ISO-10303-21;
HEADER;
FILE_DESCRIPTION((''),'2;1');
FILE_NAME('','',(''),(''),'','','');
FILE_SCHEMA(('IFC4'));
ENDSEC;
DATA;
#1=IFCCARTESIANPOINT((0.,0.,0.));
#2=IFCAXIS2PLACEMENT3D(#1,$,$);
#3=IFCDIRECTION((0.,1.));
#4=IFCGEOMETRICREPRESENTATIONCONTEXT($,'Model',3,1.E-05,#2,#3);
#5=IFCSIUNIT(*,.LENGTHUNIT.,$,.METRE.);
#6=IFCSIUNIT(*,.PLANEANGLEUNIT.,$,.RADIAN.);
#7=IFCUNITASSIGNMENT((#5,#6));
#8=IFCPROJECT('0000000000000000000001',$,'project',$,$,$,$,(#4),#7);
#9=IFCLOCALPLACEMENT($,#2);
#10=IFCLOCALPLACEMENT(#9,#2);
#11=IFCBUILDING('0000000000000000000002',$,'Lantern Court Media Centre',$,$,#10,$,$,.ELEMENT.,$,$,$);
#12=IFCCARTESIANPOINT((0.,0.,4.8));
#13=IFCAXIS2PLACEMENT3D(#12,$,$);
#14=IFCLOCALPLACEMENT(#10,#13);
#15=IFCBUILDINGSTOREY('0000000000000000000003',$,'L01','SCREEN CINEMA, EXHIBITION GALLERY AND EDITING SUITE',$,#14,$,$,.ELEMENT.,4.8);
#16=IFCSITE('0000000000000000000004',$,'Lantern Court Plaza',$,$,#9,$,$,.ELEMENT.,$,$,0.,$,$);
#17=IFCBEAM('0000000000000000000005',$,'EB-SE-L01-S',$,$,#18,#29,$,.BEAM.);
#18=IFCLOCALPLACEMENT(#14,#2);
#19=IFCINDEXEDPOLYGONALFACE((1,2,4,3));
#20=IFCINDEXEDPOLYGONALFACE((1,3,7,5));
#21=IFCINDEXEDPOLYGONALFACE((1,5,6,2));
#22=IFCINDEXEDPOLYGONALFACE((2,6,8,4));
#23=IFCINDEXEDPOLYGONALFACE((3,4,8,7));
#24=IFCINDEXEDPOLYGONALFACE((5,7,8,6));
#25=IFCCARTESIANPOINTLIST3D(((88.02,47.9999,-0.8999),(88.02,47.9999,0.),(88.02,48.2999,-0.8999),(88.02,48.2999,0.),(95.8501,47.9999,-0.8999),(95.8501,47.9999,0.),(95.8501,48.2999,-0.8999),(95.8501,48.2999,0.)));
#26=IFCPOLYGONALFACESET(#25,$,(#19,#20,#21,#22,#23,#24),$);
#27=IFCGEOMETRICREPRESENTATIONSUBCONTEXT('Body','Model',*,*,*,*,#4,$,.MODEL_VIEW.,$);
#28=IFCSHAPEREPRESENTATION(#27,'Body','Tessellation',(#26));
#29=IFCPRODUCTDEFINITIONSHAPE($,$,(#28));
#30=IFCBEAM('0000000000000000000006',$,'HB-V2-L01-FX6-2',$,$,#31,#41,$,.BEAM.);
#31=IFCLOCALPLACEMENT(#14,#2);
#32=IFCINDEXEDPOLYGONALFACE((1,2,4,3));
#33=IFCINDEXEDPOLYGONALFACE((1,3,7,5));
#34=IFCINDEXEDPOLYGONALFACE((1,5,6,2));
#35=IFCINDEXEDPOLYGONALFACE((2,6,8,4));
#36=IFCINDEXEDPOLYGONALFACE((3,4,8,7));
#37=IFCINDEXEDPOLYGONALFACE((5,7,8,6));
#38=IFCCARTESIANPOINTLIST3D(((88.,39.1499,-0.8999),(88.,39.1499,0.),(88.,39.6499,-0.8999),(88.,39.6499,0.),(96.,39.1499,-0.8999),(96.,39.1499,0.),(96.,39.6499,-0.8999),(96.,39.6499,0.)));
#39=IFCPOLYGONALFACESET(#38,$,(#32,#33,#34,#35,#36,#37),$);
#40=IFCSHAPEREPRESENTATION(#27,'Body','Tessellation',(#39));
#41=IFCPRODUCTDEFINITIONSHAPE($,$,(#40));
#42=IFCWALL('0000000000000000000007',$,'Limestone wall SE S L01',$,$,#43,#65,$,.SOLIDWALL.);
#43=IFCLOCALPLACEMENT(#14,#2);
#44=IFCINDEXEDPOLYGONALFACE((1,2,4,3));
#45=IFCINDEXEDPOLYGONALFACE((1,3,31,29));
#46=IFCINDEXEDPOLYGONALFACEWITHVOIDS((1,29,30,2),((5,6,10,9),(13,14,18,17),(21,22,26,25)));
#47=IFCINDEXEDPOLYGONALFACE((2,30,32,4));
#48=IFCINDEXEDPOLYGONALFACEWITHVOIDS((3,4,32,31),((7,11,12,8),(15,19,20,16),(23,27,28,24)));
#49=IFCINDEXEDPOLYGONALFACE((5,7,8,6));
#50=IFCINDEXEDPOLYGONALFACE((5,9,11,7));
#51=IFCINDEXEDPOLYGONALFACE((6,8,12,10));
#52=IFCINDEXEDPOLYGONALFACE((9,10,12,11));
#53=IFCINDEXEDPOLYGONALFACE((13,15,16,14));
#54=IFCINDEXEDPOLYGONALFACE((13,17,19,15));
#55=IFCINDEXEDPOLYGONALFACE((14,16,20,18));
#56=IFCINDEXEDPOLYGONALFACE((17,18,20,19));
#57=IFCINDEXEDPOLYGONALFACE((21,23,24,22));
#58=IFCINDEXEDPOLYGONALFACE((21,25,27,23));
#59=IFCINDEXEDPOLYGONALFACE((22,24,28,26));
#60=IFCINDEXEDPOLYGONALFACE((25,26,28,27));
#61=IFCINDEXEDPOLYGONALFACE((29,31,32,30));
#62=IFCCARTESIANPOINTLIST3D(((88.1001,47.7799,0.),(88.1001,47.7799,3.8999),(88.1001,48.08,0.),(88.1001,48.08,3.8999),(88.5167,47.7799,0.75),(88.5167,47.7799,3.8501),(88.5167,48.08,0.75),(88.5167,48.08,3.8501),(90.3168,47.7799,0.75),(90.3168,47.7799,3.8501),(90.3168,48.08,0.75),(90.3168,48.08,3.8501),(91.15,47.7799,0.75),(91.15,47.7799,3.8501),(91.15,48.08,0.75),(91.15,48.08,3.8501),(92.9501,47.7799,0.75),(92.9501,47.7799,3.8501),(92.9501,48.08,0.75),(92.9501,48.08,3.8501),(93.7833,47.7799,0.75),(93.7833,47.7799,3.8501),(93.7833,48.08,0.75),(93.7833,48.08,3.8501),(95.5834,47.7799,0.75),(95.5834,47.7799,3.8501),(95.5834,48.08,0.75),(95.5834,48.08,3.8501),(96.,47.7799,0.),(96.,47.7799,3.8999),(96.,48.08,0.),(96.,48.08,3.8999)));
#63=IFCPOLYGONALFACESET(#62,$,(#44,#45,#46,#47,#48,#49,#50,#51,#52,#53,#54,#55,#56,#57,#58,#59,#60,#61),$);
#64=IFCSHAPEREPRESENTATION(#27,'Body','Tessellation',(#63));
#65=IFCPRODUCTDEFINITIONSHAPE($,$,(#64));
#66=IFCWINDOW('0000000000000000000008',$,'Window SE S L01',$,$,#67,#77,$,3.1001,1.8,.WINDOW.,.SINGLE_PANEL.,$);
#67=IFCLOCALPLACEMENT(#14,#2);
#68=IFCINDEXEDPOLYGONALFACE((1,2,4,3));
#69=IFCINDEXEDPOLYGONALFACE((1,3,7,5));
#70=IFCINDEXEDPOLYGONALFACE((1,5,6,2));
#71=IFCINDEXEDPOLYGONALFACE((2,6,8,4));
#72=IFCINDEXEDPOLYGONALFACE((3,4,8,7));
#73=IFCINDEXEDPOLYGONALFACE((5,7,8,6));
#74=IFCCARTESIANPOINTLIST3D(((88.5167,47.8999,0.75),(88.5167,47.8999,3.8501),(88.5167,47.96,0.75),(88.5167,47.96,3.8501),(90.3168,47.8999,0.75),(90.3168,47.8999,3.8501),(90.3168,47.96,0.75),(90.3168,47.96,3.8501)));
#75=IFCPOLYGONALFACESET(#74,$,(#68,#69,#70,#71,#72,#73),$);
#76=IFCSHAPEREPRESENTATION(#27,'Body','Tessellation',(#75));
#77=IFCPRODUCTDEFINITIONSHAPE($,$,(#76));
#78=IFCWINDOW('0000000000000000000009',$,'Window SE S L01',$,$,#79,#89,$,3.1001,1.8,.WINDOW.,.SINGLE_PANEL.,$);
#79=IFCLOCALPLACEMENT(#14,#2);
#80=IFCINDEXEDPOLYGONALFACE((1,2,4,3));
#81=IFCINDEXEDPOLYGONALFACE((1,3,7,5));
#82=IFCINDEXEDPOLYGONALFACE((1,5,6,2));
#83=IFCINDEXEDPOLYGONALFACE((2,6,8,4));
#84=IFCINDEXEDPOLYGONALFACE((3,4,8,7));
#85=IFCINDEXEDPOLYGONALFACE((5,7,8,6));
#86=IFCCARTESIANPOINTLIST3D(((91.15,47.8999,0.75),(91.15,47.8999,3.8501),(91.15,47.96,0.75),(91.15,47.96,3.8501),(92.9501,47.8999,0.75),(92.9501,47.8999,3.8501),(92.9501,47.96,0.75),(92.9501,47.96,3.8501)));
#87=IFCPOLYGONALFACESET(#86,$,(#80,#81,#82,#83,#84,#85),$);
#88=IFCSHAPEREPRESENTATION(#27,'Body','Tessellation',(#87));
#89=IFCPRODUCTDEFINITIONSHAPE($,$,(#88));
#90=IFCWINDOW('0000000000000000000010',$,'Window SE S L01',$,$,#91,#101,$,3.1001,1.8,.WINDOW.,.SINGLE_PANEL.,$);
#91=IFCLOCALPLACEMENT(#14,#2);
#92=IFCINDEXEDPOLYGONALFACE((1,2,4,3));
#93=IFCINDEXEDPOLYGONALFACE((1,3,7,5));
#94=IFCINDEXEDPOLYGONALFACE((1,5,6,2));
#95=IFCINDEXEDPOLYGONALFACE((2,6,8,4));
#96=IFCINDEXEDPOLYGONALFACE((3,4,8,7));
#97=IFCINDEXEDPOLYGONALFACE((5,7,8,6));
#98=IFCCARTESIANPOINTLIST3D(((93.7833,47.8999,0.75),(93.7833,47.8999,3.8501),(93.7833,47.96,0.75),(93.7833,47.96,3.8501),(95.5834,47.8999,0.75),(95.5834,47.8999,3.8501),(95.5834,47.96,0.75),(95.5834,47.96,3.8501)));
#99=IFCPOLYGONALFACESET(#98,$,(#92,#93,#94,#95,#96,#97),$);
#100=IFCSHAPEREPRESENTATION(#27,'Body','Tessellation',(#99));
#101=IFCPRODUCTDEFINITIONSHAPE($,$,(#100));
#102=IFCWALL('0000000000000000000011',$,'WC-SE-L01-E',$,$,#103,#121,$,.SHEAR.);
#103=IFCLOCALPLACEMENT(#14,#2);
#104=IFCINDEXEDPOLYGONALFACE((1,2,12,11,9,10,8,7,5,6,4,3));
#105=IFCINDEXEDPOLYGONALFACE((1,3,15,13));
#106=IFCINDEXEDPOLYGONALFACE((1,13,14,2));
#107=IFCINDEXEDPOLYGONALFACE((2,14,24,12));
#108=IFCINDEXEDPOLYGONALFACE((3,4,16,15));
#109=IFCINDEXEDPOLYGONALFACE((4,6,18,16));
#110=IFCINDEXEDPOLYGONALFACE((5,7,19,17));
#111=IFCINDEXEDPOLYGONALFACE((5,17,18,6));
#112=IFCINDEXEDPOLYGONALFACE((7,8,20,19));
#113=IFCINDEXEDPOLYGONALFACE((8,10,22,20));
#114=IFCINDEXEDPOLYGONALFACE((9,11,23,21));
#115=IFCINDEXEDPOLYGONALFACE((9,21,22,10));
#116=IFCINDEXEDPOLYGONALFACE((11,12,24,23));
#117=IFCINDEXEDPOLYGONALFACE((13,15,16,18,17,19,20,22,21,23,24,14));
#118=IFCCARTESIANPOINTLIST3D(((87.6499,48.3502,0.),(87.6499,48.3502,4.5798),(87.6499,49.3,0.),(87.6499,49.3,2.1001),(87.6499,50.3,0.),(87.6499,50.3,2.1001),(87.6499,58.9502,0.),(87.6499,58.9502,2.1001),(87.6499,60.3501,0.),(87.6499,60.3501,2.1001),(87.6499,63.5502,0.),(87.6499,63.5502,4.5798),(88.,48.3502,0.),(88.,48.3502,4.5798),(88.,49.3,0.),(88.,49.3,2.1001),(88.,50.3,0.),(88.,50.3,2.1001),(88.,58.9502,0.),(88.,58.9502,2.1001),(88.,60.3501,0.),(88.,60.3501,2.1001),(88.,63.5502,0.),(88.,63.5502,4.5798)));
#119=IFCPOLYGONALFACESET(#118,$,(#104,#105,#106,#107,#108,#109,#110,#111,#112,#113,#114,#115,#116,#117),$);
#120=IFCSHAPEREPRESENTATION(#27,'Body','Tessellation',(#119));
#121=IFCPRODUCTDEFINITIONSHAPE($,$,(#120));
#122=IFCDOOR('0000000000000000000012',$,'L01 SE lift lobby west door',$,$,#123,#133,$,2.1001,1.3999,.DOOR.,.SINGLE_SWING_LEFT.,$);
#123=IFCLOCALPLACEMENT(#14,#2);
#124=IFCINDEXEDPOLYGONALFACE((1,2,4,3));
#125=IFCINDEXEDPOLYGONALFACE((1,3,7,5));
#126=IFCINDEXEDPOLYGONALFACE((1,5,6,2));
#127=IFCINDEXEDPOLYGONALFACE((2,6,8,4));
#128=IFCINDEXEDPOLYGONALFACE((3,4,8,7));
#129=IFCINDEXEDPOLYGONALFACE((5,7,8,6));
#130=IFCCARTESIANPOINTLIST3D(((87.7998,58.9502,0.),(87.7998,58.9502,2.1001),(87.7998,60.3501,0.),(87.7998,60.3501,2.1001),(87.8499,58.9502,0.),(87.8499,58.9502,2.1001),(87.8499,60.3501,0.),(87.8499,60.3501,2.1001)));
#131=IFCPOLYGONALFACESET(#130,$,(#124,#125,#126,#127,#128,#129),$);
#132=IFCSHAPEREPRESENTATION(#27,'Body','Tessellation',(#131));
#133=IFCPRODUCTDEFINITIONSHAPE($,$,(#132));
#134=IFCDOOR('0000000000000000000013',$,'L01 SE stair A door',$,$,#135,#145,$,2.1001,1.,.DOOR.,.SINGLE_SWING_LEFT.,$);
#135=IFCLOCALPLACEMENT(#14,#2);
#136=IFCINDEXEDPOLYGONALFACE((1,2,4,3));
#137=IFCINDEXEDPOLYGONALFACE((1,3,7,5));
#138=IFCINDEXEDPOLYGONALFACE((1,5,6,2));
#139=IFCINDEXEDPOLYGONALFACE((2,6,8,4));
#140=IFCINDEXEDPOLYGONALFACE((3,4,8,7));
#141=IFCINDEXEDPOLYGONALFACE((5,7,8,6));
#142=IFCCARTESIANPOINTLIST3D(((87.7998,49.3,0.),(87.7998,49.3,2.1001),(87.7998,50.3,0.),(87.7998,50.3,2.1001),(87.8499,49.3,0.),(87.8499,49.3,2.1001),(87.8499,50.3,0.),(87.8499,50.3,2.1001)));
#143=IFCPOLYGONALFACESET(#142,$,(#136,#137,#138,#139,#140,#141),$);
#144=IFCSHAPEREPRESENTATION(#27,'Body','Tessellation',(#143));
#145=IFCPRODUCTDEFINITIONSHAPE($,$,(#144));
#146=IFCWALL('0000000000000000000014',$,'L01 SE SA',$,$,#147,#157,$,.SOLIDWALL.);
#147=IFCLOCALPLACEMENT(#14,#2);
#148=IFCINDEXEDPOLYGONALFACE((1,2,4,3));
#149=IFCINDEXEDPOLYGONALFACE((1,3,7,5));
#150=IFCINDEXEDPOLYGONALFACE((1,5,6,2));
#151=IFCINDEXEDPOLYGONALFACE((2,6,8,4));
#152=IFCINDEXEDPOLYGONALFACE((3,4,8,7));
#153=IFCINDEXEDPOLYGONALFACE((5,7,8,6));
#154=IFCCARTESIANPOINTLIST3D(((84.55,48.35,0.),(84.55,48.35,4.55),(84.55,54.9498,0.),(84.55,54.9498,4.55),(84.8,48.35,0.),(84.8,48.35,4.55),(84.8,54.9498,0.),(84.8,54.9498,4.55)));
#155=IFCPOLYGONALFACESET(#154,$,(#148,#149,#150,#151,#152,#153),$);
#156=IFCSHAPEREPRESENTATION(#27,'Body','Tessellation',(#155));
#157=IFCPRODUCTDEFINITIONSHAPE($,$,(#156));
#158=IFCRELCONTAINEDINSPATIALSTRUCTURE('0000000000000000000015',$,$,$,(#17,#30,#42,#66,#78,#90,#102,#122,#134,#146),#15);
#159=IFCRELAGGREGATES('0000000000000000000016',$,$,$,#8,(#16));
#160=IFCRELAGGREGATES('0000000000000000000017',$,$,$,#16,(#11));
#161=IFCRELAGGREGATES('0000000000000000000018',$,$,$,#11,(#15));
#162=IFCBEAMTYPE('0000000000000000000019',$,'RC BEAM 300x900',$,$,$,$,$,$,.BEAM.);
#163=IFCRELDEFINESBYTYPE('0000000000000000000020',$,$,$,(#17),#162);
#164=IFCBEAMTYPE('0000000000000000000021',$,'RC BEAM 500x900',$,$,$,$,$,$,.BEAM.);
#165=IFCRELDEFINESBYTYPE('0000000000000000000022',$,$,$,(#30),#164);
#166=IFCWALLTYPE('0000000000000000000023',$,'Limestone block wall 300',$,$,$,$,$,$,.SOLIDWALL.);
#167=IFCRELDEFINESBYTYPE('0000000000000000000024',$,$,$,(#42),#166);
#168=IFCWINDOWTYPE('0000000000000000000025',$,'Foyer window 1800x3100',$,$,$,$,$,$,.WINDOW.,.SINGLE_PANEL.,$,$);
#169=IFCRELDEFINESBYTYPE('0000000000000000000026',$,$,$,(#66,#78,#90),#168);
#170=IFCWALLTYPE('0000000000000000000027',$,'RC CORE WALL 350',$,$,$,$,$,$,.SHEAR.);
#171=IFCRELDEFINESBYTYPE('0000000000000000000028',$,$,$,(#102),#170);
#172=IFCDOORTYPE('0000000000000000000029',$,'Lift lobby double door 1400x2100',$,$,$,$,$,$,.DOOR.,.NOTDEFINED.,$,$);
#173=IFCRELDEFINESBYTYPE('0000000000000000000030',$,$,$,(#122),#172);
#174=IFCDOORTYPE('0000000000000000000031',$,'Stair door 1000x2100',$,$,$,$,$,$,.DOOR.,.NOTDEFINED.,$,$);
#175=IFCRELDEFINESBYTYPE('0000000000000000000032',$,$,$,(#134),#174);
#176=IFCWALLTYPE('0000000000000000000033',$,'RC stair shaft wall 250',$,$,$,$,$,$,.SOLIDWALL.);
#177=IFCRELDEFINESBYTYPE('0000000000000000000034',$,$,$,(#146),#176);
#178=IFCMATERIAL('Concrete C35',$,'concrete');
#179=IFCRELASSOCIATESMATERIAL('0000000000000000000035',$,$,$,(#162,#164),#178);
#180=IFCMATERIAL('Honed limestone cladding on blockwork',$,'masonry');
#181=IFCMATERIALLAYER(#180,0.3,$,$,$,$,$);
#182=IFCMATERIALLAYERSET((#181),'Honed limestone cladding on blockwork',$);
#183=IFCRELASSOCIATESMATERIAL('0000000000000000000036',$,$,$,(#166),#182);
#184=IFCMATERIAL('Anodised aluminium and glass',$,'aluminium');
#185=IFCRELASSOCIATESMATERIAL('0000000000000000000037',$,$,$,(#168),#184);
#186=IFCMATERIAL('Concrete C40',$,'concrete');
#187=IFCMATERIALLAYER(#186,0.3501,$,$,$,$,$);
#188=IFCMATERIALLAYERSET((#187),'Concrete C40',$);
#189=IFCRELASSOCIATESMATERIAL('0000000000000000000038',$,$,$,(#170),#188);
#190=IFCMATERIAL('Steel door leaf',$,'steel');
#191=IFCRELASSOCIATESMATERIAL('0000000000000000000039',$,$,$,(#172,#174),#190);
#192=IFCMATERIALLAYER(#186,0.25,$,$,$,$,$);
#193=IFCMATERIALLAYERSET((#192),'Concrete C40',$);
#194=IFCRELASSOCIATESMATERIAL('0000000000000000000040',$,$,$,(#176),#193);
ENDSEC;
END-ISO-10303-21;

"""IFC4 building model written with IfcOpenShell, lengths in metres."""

from ifc_helpers import new_model, si_unit, direction, frame, frame_2d, origin, origin_2d, place, context, subcontext, project, spatial, rectangle, extrude, material, layer, layer_set, material_profile, profile_set, type_object, element, fill, save


model = new_model("IFC4")

# Units and contexts
model_context = context("Model", 3, precision=1e-05, world=origin(), true_north=direction((0.0, 1.0)))
body_context = subcontext(model_context, "Body", "Model", "MODEL_VIEW")
ifc_project = project(units=[si_unit("LENGTHUNIT", "METRE"), si_unit("PLANEANGLEUNIT", "RADIAN")], contexts=[model_context])

# Site, building, storey
site_placement = place(None, origin())
site = spatial("IfcSite", under=ifc_project, at=site_placement, Name="Lantern Court Plaza", CompositionType="ELEMENT", RefElevation=0.0)
building_placement = place(site_placement, origin())
building = spatial("IfcBuilding", under=site, at=building_placement, Name="Lantern Court Media Centre", CompositionType="ELEMENT")
storey_placement = place(building_placement, frame((0.0, 0.0, 4.8)))
storey = spatial("IfcBuildingStorey", under=building, at=storey_placement, Name="L01", Description="SCREEN CINEMA, EXHIBITION GALLERY AND EDITING SUITE", CompositionType="ELEMENT", Elevation=4.8)

# Beams
ifc_material_1 = material(Name="Concrete C35", Category="concrete")
ifc_material_profile_1 = material_profile(ifc_material_1, rectangle(XDim=0.3, YDim=0.8999, at=origin_2d()), Name="RC 300x900")
ifc_profile_set_1 = profile_set([ifc_material_profile_1], Name="Concrete C35")
beam_type_1 = type_object("IfcBeamType", Name="RC BEAM 300x900", PredefinedType="BEAM", material=ifc_profile_set_1)
beam_1_placement = place(storey_placement, frame((88.02, 48.1499, -0.45), z_axis=(1.0, 0.0, 0.0), x_axis=(0.0, 1.0, 0.0)))
element("IfcBeam", 1, at=beam_1_placement, inside=storey, type_object=beam_type_1, Name="EB-SE-L01-S", PredefinedType="BEAM", context=body_context, shape_type="SweptSolid", body=[
    extrude(rectangle(XDim=0.3, YDim=0.8999, at=origin_2d()), origin(), (0.0, 0.0, 1.0), 7.8301),
])
ifc_material_profile_2 = material_profile(ifc_material_1, rectangle(XDim=0.5, YDim=0.8999, at=origin_2d()), Name="RC 500x900")
ifc_profile_set_2 = profile_set([ifc_material_profile_2], Name="Concrete C35")
beam_type_2 = type_object("IfcBeamType", Name="RC BEAM 500x900", PredefinedType="BEAM", material=ifc_profile_set_2)
beam_2_placement = place(storey_placement, frame((88.0, 39.3999, -0.45), z_axis=(1.0, 0.0, 0.0), x_axis=(0.0, 1.0, 0.0)))
element("IfcBeam", 2, at=beam_2_placement, inside=storey, type_object=beam_type_2, Name="HB-V2-L01-FX6-2", PredefinedType="BEAM", context=body_context, shape_type="SweptSolid", body=[
    extrude(rectangle(XDim=0.5, YDim=0.8999, at=origin_2d()), origin(), (0.0, 0.0, 1.0), 8.0),
])

# Wall, openings, windows
ifc_material_2 = material(Name="Honed limestone cladding on blockwork", Category="masonry")
ifc_layer_1 = layer(ifc_material_2, 0.3)
ifc_layer_set_1 = layer_set([ifc_layer_1], Name="Honed limestone cladding on blockwork")
wall_type_1 = type_object("IfcWallType", Name="Limestone block wall 300", PredefinedType="SOLIDWALL", material=ifc_layer_set_1)
wall_1_placement = place(storey_placement, frame((88.1001, 47.9299, 0.0), z_axis=(0.0, 0.0, 1.0), x_axis=(1.0, 0.0, 0.0)))
wall_1 = element("IfcWall", 3, at=wall_1_placement, inside=storey, type_object=wall_type_1, Name="Limestone wall SE S L01", PredefinedType="SOLIDWALL", context=body_context, shape_type="SweptSolid", body=[
    extrude(rectangle(XDim=7.8999, YDim=0.3, at=frame_2d((3.95, 0.0))), origin(), (0.0, 0.0, 1.0), 3.8999),
])
opening_1_placement = place(wall_1_placement, frame((0.4167, 0.0, 0.75)))
opening_1 = element("IfcOpeningElement", 4, at=opening_1_placement, cuts=wall_1, PredefinedType="OPENING", context=body_context, shape_type="SweptSolid", body=[
    extrude(rectangle(XDim=1.8, YDim=3.1001, at=frame_2d((0.8999, 1.55))), frame((0.0, 0.1599, 0.0), z_axis=(0.0, -1.0, 0.0), x_axis=(1.0, 0.0, 0.0)), (0.0, 0.0, 1.0), 0.3201),
])
opening_2_placement = place(wall_1_placement, frame((3.05, 0.0, 0.75)))
opening_2 = element("IfcOpeningElement", 5, at=opening_2_placement, cuts=wall_1, PredefinedType="OPENING", context=body_context, shape_type="SweptSolid", body=[
    extrude(rectangle(XDim=1.8, YDim=3.1001, at=frame_2d((0.8999, 1.55))), frame((0.0, 0.1599, 0.0), z_axis=(0.0, -1.0, 0.0), x_axis=(1.0, 0.0, 0.0)), (0.0, 0.0, 1.0), 0.3201),
])
opening_3_placement = place(wall_1_placement, frame((5.6833, 0.0, 0.75)))
opening_3 = element("IfcOpeningElement", 6, at=opening_3_placement, cuts=wall_1, PredefinedType="OPENING", context=body_context, shape_type="SweptSolid", body=[
    extrude(rectangle(XDim=1.8, YDim=3.1001, at=frame_2d((0.8999, 1.55))), frame((0.0, 0.1599, 0.0), z_axis=(0.0, -1.0, 0.0), x_axis=(1.0, 0.0, 0.0)), (0.0, 0.0, 1.0), 0.3201),
])
ifc_material_3 = material(Name="Anodised aluminium and glass", Category="aluminium")
window_type = type_object("IfcWindowType", Name="Foyer window 1800x3100", PartitioningType="SINGLE_PANEL", PredefinedType="WINDOW", material=ifc_material_3)
window_1_placement = place(opening_1_placement, origin())
window_1 = element("IfcWindow", 7, at=window_1_placement, inside=storey, type_object=window_type, Name="Window SE S L01", OverallHeight=3.1001, OverallWidth=1.8, PartitioningType="SINGLE_PANEL", PredefinedType="WINDOW", context=body_context, shape_type="SweptSolid", body=[
    extrude(rectangle(XDim=1.8, YDim=3.1001, at=frame_2d((0.8999, 1.55))), frame((0.0, 0.03, 0.0), z_axis=(0.0, -1.0, 0.0), x_axis=(1.0, 0.0, 0.0)), (0.0, 0.0, 1.0), 0.0601),
])
fill(opening_1, window_1)
window_2_placement = place(opening_2_placement, origin())
window_2 = element("IfcWindow", 8, at=window_2_placement, inside=storey, type_object=window_type, Name="Window SE S L01", OverallHeight=3.1001, OverallWidth=1.8, PartitioningType="SINGLE_PANEL", PredefinedType="WINDOW", context=body_context, shape_type="SweptSolid", body=[
    extrude(rectangle(XDim=1.8, YDim=3.1001, at=frame_2d((0.8999, 1.55))), frame((0.0, 0.03, 0.0), z_axis=(0.0, -1.0, 0.0), x_axis=(1.0, 0.0, 0.0)), (0.0, 0.0, 1.0), 0.0601),
])
fill(opening_2, window_2)
window_3_placement = place(opening_3_placement, origin())
window_3 = element("IfcWindow", 9, at=window_3_placement, inside=storey, type_object=window_type, Name="Window SE S L01", OverallHeight=3.1001, OverallWidth=1.8, PartitioningType="SINGLE_PANEL", PredefinedType="WINDOW", context=body_context, shape_type="SweptSolid", body=[
    extrude(rectangle(XDim=1.8, YDim=3.1001, at=frame_2d((0.8999, 1.55))), frame((0.0, 0.03, 0.0), z_axis=(0.0, -1.0, 0.0), x_axis=(1.0, 0.0, 0.0)), (0.0, 0.0, 1.0), 0.0601),
])
fill(opening_3, window_3)

# Wall, openings, doors
ifc_material_4 = material(Name="Concrete C40", Category="concrete")
ifc_layer_2 = layer(ifc_material_4, 0.3501)
ifc_layer_set_2 = layer_set([ifc_layer_2], Name="Concrete C40")
wall_type_2 = type_object("IfcWallType", Name="RC CORE WALL 350", PredefinedType="SHEAR", material=ifc_layer_set_2)
wall_2_placement = place(storey_placement, frame((87.825, 48.3501, 0.0), z_axis=(0.0, 0.0, 1.0), x_axis=(0.0, 1.0, 0.0)))
wall_2 = element("IfcWall", 10, at=wall_2_placement, inside=storey, type_object=wall_type_2, Name="WC-SE-L01-E", PredefinedType="SHEAR", context=body_context, shape_type="SweptSolid", body=[
    extrude(rectangle(XDim=15.2, YDim=0.3501, at=frame_2d((7.6001, 0.0))), origin(), (0.0, 0.0, 1.0), 4.5798),
])
opening_4_placement = place(wall_2_placement, frame((0.95, 0.0, 0.0)))
opening_4 = element("IfcOpeningElement", 11, at=opening_4_placement, cuts=wall_2, PredefinedType="OPENING", context=body_context, shape_type="SweptSolid", body=[
    extrude(rectangle(XDim=1.0, YDim=2.1001, at=frame_2d((0.5, 1.05))), frame((0.0, 0.1851, 0.0), z_axis=(0.0, -1.0, 0.0), x_axis=(1.0, 0.0, 0.0)), (0.0, 0.0, 1.0), 0.3701),
])
opening_5_placement = place(wall_2_placement, frame((10.6001, 0.0, 0.0)))
opening_5 = element("IfcOpeningElement", 12, at=opening_5_placement, cuts=wall_2, PredefinedType="OPENING", context=body_context, shape_type="SweptSolid", body=[
    extrude(rectangle(XDim=1.3999, YDim=2.1001, at=frame_2d((0.7, 1.05))), frame((0.0, 0.1851, 0.0), z_axis=(0.0, -1.0, 0.0), x_axis=(1.0, 0.0, 0.0)), (0.0, 0.0, 1.0), 0.3701),
])
ifc_material_5 = material(Name="Steel door leaf", Category="steel")
door_type_1 = type_object("IfcDoorType", Name="Lift lobby double door 1400x2100", OperationType="NOTDEFINED", PredefinedType="DOOR", material=ifc_material_5)
door_1_placement = place(opening_5_placement, frame((1.3999, 0.0, 0.0), z_axis=(0.0, 0.0, 1.0), x_axis=(-1.0, 0.0, 0.0)))
door_1 = element("IfcDoor", 13, at=door_1_placement, inside=storey, type_object=door_type_1, Name="L01 SE lift lobby west door", OperationType="SINGLE_SWING_LEFT", OverallHeight=2.1001, OverallWidth=1.3999, PredefinedType="DOOR", context=body_context, shape_type="SweptSolid", body=[
    extrude(rectangle(XDim=1.3999, YDim=2.1001, at=frame_2d((0.7, 1.05))), frame((0.0, 0.0249, 0.0), z_axis=(0.0, -1.0, 0.0), x_axis=(1.0, 0.0, 0.0)), (0.0, 0.0, 1.0), 0.05),
])
fill(opening_5, door_1)
door_type_2 = type_object("IfcDoorType", Name="Stair door 1000x2100", OperationType="NOTDEFINED", PredefinedType="DOOR", material=ifc_material_5)
door_2_placement = place(opening_4_placement, frame((1.0, 0.0, 0.0), z_axis=(0.0, 0.0, 1.0), x_axis=(-1.0, 0.0, 0.0)))
door_2 = element("IfcDoor", 14, at=door_2_placement, inside=storey, type_object=door_type_2, Name="L01 SE stair A door", OperationType="SINGLE_SWING_LEFT", OverallHeight=2.1001, OverallWidth=1.0, PredefinedType="DOOR", context=body_context, shape_type="SweptSolid", body=[
    extrude(rectangle(XDim=1.0, YDim=2.1001, at=frame_2d((0.5, 1.05))), frame((0.0, 0.0249, 0.0), z_axis=(0.0, -1.0, 0.0), x_axis=(1.0, 0.0, 0.0)), (0.0, 0.0, 1.0), 0.05),
])
fill(opening_4, door_2)

# Wall
ifc_layer_3 = layer(ifc_material_4, 0.25)
ifc_layer_set_3 = layer_set([ifc_layer_3], Name="Concrete C40")
wall_type_3 = type_object("IfcWallType", Name="RC stair shaft wall 250", PredefinedType="SOLIDWALL", material=ifc_layer_set_3)
for number, where, z_axis, x_axis, name in (
    (15, (84.675, 48.3501, 0.0), (0.0, 0.0, 1.0), (0.0, 1.0, 0.0), "L01 SE SA"),
):
    element("IfcWall", number, at=place(storey_placement, frame(where, z_axis=z_axis, x_axis=x_axis)), inside=storey, type_object=wall_type_3, Name=name, PredefinedType="SOLIDWALL", context=body_context, shape_type="SweptSolid", body=[
        extrude(rectangle(XDim=6.5999, YDim=0.25, at=frame_2d((3.2998, 0.0))), origin(), (0.0, 0.0, 1.0), 4.55),
    ])

save(model, "model.ifc")
